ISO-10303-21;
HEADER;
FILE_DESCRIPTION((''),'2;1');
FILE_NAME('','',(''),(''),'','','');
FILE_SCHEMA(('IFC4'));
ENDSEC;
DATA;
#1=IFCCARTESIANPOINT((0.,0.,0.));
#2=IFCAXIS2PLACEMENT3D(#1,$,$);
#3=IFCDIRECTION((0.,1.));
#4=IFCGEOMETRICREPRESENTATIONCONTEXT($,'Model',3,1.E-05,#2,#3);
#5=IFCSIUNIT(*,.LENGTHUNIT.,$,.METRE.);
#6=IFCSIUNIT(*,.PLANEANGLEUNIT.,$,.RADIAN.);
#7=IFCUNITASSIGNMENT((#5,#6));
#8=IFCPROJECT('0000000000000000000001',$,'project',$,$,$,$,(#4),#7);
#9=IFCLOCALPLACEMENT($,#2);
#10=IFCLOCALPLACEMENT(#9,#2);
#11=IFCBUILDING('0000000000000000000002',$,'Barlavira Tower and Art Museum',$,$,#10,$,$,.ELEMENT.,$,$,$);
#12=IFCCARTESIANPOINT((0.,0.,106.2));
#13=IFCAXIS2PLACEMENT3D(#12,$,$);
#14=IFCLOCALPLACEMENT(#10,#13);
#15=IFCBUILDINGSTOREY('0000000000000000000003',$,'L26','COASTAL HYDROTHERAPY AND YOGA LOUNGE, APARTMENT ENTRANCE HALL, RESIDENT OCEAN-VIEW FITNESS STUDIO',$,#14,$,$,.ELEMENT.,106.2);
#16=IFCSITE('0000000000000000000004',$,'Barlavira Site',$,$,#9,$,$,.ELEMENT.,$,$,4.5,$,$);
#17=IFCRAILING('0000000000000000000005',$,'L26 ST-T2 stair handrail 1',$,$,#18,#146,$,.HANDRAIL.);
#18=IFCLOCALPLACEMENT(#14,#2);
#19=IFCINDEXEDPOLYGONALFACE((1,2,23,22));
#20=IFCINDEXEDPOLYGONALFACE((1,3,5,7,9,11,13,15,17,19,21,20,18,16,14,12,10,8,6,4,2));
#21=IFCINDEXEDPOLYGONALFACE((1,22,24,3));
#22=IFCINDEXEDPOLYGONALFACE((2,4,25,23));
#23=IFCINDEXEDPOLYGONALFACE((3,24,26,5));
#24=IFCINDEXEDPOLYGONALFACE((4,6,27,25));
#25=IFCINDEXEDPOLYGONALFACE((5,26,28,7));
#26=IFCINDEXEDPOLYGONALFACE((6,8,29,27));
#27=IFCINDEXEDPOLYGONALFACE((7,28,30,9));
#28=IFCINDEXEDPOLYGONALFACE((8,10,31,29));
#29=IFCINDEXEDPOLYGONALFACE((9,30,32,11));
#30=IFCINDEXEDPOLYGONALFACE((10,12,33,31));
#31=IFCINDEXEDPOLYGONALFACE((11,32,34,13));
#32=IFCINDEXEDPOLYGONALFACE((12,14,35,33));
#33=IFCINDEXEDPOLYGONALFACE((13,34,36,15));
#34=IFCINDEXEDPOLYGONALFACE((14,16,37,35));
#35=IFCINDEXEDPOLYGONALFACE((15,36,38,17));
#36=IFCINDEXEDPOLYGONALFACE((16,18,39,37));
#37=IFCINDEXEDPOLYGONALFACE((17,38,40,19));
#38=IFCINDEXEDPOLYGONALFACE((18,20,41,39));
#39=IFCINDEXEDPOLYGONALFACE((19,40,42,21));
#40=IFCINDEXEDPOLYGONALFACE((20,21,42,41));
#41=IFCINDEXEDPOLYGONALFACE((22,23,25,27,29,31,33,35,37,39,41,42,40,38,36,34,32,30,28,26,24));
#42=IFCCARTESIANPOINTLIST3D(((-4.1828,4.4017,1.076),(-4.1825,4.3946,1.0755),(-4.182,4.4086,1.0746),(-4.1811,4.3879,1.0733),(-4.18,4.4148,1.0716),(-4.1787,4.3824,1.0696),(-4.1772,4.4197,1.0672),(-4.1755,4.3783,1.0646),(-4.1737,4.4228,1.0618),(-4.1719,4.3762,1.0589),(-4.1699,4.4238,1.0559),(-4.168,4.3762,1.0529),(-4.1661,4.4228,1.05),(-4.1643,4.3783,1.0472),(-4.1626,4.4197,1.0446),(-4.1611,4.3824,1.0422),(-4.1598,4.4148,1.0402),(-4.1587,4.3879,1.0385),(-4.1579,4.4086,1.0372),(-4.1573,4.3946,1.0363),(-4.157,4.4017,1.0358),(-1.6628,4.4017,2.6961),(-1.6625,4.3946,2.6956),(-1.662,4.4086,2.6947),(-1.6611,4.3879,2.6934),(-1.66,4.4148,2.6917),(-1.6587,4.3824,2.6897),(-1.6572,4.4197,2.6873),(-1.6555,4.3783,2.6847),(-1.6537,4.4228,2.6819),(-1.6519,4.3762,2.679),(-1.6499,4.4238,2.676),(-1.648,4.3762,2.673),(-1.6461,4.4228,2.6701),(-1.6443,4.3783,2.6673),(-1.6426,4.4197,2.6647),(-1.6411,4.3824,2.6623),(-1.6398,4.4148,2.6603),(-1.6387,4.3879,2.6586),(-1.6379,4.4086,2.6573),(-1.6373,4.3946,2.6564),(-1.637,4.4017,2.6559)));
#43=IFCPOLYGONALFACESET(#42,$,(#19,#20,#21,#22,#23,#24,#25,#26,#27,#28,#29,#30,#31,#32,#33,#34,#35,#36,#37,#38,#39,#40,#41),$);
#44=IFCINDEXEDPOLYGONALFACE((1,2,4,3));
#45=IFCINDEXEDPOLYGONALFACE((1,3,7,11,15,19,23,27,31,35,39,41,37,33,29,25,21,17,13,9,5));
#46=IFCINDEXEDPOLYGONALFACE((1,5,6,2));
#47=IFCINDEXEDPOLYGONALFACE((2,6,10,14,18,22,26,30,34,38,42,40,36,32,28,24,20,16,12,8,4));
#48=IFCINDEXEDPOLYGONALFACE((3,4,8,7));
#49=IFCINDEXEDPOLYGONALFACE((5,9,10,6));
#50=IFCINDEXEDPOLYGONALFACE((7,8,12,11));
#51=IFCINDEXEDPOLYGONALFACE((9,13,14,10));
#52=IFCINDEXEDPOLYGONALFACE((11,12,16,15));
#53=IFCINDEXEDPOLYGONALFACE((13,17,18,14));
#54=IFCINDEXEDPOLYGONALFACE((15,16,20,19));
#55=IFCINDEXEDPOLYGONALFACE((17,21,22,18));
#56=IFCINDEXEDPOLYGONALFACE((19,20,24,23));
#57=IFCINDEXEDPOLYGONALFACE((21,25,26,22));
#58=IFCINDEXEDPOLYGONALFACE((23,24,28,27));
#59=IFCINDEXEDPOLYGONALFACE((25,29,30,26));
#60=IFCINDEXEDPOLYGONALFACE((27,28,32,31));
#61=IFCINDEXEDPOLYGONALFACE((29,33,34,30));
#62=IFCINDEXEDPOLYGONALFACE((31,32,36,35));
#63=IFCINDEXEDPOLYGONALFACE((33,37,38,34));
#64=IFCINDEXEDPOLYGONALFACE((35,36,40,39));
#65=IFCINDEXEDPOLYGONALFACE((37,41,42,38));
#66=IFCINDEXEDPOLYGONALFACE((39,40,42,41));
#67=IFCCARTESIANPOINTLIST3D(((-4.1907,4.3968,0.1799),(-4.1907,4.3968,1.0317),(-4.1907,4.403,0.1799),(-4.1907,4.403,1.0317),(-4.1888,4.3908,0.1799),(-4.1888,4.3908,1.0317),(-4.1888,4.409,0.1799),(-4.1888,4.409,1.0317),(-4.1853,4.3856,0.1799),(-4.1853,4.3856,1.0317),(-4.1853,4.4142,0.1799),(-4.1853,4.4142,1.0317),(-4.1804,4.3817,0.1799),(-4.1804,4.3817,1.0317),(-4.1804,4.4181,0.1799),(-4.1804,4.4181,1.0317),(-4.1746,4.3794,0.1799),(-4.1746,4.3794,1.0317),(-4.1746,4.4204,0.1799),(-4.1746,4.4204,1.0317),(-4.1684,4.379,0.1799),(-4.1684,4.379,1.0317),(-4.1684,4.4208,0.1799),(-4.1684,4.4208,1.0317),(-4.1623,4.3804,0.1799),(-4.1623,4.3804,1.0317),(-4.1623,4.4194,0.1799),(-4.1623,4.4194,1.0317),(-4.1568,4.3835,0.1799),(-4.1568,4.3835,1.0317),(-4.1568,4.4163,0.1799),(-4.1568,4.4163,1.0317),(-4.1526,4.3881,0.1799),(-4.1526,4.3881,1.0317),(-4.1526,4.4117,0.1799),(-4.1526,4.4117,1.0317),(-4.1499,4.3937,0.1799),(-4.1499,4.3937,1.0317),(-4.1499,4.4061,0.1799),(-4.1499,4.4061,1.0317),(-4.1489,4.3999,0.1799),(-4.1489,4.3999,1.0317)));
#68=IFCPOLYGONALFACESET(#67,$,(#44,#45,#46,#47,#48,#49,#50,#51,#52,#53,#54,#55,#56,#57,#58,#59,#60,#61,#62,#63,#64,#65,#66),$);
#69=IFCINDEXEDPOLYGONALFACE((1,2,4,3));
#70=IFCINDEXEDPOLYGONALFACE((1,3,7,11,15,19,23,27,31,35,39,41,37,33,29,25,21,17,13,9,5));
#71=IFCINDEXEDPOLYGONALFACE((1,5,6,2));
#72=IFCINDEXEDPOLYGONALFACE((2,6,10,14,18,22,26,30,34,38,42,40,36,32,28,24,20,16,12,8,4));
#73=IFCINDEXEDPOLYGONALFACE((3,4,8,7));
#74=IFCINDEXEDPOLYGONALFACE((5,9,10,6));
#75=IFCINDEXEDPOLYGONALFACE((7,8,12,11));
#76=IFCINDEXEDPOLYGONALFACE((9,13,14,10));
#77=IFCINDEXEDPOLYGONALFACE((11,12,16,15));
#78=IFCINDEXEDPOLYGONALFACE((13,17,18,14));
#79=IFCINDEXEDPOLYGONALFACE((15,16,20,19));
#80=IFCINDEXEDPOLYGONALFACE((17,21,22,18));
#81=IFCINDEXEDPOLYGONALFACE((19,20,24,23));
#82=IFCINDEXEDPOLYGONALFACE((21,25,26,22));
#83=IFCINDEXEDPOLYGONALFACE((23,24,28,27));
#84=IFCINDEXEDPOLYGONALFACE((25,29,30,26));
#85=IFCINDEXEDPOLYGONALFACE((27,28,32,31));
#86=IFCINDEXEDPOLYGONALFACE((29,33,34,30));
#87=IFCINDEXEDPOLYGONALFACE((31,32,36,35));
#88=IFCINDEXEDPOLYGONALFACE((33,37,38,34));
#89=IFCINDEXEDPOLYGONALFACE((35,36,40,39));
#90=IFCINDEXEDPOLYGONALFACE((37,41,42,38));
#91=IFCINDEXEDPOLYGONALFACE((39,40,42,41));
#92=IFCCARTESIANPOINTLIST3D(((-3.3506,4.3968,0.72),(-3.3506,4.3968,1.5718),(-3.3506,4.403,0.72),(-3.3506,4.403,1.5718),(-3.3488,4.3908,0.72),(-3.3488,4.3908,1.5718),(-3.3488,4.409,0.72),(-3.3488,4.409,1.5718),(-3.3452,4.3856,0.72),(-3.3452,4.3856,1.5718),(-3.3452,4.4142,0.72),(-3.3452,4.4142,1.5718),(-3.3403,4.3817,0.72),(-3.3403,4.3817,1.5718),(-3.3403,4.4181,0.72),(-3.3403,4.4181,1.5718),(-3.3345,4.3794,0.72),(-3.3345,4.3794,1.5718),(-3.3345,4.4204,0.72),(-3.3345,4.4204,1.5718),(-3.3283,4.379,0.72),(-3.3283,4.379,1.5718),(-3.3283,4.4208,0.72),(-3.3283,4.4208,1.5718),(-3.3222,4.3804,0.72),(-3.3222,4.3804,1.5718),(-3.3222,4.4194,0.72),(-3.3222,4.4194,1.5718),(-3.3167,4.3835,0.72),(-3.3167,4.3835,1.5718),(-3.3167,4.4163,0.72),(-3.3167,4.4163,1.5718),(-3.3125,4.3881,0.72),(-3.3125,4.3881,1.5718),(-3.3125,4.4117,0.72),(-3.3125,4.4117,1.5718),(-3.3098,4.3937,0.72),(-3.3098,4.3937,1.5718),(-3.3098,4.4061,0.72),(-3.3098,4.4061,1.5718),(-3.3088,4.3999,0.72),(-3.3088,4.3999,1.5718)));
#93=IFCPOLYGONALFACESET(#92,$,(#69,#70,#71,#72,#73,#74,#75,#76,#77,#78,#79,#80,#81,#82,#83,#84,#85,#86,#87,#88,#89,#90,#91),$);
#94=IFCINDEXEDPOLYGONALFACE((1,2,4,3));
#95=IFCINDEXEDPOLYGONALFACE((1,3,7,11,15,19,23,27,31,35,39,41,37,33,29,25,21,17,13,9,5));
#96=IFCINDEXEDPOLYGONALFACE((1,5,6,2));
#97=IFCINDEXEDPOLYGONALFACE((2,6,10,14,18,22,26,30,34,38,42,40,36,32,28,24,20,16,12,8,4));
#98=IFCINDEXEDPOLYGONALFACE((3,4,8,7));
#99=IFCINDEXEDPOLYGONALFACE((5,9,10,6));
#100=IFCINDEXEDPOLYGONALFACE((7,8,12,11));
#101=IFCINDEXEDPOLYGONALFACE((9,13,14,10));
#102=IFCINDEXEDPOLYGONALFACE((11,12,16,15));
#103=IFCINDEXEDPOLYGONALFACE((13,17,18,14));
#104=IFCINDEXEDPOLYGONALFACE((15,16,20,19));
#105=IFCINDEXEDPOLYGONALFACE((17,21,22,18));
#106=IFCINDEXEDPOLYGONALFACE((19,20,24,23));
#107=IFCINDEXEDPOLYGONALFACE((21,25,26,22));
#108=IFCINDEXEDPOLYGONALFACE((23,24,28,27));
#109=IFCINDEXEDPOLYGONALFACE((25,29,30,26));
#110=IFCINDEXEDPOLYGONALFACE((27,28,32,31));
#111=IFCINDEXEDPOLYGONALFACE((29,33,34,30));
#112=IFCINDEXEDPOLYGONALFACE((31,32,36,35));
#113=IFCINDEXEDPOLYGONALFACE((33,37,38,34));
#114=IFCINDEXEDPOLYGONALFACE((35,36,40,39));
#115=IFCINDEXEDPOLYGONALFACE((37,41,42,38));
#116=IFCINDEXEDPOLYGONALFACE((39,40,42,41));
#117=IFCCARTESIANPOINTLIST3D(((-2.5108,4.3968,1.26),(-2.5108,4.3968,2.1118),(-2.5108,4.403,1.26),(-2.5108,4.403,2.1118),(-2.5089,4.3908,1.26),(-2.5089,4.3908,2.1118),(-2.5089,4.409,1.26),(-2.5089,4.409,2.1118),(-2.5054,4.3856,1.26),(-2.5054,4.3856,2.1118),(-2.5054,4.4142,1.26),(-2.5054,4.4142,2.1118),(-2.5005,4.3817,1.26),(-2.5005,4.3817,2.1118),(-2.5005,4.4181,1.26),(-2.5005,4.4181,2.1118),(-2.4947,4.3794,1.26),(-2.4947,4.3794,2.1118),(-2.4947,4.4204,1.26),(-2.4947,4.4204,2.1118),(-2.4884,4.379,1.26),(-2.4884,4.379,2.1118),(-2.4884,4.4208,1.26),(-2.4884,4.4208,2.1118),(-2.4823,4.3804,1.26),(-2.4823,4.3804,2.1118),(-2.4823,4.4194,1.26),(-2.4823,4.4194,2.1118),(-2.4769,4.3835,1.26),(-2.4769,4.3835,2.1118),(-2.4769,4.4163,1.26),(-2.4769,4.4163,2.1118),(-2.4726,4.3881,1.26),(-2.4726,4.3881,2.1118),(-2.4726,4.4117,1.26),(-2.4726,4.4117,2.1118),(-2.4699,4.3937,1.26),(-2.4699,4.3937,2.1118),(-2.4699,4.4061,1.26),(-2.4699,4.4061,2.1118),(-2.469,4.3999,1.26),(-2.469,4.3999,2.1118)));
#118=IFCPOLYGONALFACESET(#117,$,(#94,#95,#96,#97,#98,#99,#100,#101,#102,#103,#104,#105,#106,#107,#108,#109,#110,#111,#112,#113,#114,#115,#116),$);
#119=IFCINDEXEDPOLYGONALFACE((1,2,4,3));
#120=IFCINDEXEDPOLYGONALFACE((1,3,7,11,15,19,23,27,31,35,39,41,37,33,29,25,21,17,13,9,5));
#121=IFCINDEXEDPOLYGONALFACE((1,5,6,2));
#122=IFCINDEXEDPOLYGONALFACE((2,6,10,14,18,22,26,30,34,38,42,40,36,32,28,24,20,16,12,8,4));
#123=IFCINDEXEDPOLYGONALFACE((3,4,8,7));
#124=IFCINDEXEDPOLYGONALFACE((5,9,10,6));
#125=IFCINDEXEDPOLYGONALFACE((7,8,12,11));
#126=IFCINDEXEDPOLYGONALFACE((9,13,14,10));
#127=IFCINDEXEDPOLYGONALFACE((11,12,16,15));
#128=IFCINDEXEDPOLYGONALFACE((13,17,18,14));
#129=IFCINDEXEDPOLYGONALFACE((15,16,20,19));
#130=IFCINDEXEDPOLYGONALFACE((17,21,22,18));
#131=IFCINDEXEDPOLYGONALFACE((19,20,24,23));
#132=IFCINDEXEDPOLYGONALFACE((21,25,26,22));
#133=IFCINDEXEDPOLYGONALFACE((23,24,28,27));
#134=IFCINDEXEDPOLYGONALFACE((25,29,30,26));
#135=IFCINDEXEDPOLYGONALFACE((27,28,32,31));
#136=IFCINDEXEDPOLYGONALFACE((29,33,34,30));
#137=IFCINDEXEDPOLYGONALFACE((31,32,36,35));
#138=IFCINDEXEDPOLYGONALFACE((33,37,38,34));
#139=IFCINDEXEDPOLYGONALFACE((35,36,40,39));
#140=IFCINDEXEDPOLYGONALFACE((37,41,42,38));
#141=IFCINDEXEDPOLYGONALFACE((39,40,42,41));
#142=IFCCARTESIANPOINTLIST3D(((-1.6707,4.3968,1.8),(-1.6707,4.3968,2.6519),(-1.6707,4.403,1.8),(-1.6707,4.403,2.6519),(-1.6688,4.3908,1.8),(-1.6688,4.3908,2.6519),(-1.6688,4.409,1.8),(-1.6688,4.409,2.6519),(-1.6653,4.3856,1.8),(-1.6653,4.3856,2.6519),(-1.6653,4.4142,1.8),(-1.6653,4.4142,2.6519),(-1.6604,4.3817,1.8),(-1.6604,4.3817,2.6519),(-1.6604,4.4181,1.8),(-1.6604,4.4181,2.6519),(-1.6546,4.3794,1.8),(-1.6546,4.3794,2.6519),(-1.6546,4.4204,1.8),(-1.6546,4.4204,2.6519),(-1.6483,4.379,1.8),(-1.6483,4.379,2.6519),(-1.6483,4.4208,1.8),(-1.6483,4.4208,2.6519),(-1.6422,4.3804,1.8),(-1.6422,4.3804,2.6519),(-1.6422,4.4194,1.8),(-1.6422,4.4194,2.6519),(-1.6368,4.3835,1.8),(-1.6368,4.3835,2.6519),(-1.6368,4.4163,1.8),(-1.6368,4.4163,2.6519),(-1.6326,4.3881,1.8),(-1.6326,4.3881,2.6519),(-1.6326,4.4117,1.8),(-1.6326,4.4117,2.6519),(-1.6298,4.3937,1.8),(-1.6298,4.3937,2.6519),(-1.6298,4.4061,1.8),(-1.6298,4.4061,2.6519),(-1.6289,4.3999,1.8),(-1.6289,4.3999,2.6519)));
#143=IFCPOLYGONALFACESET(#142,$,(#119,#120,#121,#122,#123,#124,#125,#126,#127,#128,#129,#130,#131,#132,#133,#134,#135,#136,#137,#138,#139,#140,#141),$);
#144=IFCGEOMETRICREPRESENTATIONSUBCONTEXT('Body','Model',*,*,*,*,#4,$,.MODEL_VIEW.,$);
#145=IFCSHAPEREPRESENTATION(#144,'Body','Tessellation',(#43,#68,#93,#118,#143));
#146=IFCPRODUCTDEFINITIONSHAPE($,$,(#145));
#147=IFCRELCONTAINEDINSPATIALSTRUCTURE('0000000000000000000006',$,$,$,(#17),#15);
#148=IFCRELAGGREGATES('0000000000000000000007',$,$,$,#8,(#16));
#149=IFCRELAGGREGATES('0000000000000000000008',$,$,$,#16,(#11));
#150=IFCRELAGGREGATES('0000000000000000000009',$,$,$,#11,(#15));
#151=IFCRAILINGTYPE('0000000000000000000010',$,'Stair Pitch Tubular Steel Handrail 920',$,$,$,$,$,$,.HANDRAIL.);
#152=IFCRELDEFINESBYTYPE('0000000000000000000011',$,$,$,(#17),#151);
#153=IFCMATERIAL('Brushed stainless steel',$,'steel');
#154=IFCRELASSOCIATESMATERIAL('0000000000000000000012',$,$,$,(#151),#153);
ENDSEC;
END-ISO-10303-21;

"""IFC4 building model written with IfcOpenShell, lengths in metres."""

from ifc_helpers import new_model, si_unit, direction, frame, origin, origin_2d, place, context, subcontext, project, spatial, circle, extrude, material, type_object, element, save


model = new_model("IFC4")

# Units and contexts
model_context = context("Model", 3, precision=1e-05, world=origin(), true_north=direction((0.0, 1.0)))
body_context = subcontext(model_context, "Body", "Model", "MODEL_VIEW")
ifc_project = project(units=[si_unit("LENGTHUNIT", "METRE"), si_unit("PLANEANGLEUNIT", "RADIAN")], contexts=[model_context])

# Site, building, storey
site_placement = place(None, origin())
site = spatial("IfcSite", under=ifc_project, at=site_placement, Name="Barlavira Site", CompositionType="ELEMENT", RefElevation=4.5)
building_placement = place(site_placement, origin())
building = spatial("IfcBuilding", under=site, at=building_placement, Name="Barlavira Tower and Art Museum", CompositionType="ELEMENT")
storey_placement = place(building_placement, frame((0.0, 0.0, 106.2)))
storey = spatial("IfcBuildingStorey", under=building, at=storey_placement, Name="L26", Description="COASTAL HYDROTHERAPY AND YOGA LOUNGE, APARTMENT ENTRANCE HALL, RESIDENT OCEAN-VIEW FITNESS STUDIO", CompositionType="ELEMENT", Elevation=106.2)

# Shared definitions
ifc_material_1 = material(Name="Brushed stainless steel", Category="steel")

# Railing
railing_type_1 = type_object("IfcRailingType", Name="Stair Pitch Tubular Steel Handrail 920", PredefinedType="HANDRAIL", material=ifc_material_1)
railing_1_placement = place(storey_placement, frame((-4.1699, 4.3999, 0.1799)))
element("IfcRailing", 1, at=railing_1_placement, inside=storey, type_object=railing_type_1, Name="L26 ST-T2 stair handrail 1", PredefinedType="HANDRAIL", context=body_context, shape_type="SweptSolid", body=[
    extrude(circle(Radius=0.0239, at=origin_2d()), frame((0.0, 0.0, 0.876), z_axis=(0.841163, 0.0, 0.540782), x_axis=(0.0, 1.0, 0.0)), (0.0, 0.0, 1.0), 2.9958),
    extrude(circle(Radius=0.021, at=origin_2d()), origin(), (0.0, 0.0, 1.0), 0.8518),
    extrude(circle(Radius=0.021, at=origin_2d()), frame((0.8401, 0.0, 0.54)), (0.0, 0.0, 1.0), 0.8518),
    extrude(circle(Radius=0.021, at=origin_2d()), frame((1.6799, 0.0, 1.0801)), (0.0, 0.0, 1.0), 0.8518),
    extrude(circle(Radius=0.021, at=origin_2d()), frame((2.52, 0.0, 1.6201)), (0.0, 0.0, 1.0), 0.8518),
])

save(model, "model.ifc")
